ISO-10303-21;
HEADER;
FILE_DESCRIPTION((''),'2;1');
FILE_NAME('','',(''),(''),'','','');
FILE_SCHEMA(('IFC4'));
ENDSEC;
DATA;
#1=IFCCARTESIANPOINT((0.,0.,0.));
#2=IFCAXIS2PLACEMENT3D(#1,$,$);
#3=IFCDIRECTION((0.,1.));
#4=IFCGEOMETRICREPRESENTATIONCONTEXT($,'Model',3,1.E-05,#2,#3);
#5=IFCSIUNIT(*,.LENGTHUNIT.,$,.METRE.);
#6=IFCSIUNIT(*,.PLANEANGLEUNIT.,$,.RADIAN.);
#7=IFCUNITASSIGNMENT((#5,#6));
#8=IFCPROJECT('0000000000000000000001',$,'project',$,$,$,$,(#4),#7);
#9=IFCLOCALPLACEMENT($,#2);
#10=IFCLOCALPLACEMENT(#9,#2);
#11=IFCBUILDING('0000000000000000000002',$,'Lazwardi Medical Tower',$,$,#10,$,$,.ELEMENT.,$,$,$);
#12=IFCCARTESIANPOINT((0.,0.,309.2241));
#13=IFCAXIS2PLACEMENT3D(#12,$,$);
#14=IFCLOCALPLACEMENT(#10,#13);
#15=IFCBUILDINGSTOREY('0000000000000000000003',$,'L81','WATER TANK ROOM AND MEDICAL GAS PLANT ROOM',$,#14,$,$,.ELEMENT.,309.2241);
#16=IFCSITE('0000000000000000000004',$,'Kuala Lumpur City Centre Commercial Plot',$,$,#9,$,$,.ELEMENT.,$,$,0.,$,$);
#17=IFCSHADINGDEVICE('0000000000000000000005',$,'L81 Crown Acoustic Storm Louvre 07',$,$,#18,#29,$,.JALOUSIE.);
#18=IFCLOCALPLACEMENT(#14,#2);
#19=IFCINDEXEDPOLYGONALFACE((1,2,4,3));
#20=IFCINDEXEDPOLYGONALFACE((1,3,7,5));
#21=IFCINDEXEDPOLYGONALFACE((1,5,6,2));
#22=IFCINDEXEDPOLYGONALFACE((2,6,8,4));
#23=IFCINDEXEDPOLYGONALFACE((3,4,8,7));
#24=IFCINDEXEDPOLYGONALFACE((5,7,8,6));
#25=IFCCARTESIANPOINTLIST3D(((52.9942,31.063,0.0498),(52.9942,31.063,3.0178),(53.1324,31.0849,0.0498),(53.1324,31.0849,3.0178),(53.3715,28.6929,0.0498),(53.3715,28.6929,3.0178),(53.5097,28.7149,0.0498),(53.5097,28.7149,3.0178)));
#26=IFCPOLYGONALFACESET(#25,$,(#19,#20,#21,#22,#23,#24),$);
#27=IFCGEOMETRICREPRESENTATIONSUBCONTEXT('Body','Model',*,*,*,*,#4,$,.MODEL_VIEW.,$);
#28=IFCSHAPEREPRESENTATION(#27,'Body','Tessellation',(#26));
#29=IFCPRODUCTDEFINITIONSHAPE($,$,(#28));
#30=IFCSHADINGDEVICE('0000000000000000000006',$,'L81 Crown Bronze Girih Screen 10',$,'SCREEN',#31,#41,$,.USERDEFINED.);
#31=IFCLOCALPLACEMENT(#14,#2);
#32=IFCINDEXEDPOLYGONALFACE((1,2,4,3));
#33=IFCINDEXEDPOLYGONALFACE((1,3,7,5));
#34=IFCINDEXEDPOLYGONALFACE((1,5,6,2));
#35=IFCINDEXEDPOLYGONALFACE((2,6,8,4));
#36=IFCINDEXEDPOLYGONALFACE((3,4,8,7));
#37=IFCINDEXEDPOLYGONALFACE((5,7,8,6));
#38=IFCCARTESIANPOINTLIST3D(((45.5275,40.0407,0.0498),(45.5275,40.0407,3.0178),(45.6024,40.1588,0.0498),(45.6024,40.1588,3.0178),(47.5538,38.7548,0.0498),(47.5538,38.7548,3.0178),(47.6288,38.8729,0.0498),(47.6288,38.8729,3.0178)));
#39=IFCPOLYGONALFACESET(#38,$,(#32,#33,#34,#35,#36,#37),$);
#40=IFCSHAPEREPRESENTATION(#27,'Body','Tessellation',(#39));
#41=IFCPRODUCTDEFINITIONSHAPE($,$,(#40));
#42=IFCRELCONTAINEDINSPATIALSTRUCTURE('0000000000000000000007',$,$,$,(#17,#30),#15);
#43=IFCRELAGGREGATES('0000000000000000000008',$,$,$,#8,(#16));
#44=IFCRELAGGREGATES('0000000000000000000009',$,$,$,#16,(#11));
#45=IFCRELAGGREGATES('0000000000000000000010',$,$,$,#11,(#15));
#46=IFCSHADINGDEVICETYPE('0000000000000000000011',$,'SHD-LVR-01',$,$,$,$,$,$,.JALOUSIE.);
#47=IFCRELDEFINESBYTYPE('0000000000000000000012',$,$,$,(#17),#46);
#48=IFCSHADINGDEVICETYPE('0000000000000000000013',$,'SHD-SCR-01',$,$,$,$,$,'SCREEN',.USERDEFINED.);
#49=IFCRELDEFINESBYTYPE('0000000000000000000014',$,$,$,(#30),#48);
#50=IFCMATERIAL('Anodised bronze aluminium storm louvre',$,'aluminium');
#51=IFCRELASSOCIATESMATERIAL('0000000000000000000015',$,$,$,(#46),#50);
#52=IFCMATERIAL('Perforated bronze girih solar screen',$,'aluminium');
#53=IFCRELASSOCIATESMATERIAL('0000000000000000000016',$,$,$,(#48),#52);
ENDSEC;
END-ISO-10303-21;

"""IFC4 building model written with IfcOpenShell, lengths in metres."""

from ifc_helpers import new_model, si_unit, direction, frame, origin, origin_2d, place, context, subcontext, project, spatial, rectangle, extrude, material, type_object, element, save


model = new_model("IFC4")

# Units and contexts
model_context = context("Model", 3, precision=1e-05, world=origin(), true_north=direction((0.0, 1.0)))
body_context = subcontext(model_context, "Body", "Model", "MODEL_VIEW")
ifc_project = project(units=[si_unit("LENGTHUNIT", "METRE"), si_unit("PLANEANGLEUNIT", "RADIAN")], contexts=[model_context])

# Site, building, storey
site_placement = place(None, origin())
site = spatial("IfcSite", under=ifc_project, at=site_placement, Name="Kuala Lumpur City Centre Commercial Plot", CompositionType="ELEMENT", RefElevation=0.0)
building_placement = place(site_placement, origin())
building = spatial("IfcBuilding", under=site, at=building_placement, Name="Lazwardi Medical Tower", CompositionType="ELEMENT")
storey_placement = place(building_placement, frame((0.0, 0.0, 309.2241)))
storey = spatial("IfcBuildingStorey", under=building, at=storey_placement, Name="L81", Description="WATER TANK ROOM AND MEDICAL GAS PLANT ROOM", CompositionType="ELEMENT", Elevation=309.2241)

# Shading devices
ifc_material_1 = material(Name="Anodised bronze aluminium storm louvre", Category="aluminium")
shading_device_type_1 = type_object("IfcShadingDeviceType", Name="SHD-LVR-01", PredefinedType="JALOUSIE", material=ifc_material_1)
shading_device_1_placement = place(storey_placement, frame((53.252, 29.8889, 0.0498), z_axis=(0.0, 0.0, 1.0), x_axis=(-0.157202, 0.987567, 0.0)))
element("IfcShadingDevice", 1, at=shading_device_1_placement, inside=storey, type_object=shading_device_type_1, Name="L81 Crown Acoustic Storm Louvre 07", PredefinedType="JALOUSIE", context=body_context, shape_type="SweptSolid", body=[
    extrude(rectangle(XDim=2.3999, YDim=0.1399, at=origin_2d()), origin(), (0.0, 0.0, 1.0), 2.968),
])
ifc_material_2 = material(Name="Perforated bronze girih solar screen", Category="aluminium")
shading_device_type_2 = type_object("IfcShadingDeviceType", Name="SHD-SCR-01", ElementType="SCREEN", PredefinedType="USERDEFINED", material=ifc_material_2)
shading_device_2_placement = place(storey_placement, frame((46.5781, 39.4568, 0.0498), z_axis=(0.0, 0.0, 1.0), x_axis=(-0.844343, 0.535803, 0.0)))
element("IfcShadingDevice", 2, at=shading_device_2_placement, inside=storey, type_object=shading_device_type_2, Name="L81 Crown Bronze Girih Screen 10", ObjectType="SCREEN", PredefinedType="USERDEFINED", context=body_context, shape_type="SweptSolid", body=[
    extrude(rectangle(XDim=2.3999, YDim=0.1399, at=origin_2d()), origin(), (0.0, 0.0, 1.0), 2.968),
])

save(model, "model.ifc")
